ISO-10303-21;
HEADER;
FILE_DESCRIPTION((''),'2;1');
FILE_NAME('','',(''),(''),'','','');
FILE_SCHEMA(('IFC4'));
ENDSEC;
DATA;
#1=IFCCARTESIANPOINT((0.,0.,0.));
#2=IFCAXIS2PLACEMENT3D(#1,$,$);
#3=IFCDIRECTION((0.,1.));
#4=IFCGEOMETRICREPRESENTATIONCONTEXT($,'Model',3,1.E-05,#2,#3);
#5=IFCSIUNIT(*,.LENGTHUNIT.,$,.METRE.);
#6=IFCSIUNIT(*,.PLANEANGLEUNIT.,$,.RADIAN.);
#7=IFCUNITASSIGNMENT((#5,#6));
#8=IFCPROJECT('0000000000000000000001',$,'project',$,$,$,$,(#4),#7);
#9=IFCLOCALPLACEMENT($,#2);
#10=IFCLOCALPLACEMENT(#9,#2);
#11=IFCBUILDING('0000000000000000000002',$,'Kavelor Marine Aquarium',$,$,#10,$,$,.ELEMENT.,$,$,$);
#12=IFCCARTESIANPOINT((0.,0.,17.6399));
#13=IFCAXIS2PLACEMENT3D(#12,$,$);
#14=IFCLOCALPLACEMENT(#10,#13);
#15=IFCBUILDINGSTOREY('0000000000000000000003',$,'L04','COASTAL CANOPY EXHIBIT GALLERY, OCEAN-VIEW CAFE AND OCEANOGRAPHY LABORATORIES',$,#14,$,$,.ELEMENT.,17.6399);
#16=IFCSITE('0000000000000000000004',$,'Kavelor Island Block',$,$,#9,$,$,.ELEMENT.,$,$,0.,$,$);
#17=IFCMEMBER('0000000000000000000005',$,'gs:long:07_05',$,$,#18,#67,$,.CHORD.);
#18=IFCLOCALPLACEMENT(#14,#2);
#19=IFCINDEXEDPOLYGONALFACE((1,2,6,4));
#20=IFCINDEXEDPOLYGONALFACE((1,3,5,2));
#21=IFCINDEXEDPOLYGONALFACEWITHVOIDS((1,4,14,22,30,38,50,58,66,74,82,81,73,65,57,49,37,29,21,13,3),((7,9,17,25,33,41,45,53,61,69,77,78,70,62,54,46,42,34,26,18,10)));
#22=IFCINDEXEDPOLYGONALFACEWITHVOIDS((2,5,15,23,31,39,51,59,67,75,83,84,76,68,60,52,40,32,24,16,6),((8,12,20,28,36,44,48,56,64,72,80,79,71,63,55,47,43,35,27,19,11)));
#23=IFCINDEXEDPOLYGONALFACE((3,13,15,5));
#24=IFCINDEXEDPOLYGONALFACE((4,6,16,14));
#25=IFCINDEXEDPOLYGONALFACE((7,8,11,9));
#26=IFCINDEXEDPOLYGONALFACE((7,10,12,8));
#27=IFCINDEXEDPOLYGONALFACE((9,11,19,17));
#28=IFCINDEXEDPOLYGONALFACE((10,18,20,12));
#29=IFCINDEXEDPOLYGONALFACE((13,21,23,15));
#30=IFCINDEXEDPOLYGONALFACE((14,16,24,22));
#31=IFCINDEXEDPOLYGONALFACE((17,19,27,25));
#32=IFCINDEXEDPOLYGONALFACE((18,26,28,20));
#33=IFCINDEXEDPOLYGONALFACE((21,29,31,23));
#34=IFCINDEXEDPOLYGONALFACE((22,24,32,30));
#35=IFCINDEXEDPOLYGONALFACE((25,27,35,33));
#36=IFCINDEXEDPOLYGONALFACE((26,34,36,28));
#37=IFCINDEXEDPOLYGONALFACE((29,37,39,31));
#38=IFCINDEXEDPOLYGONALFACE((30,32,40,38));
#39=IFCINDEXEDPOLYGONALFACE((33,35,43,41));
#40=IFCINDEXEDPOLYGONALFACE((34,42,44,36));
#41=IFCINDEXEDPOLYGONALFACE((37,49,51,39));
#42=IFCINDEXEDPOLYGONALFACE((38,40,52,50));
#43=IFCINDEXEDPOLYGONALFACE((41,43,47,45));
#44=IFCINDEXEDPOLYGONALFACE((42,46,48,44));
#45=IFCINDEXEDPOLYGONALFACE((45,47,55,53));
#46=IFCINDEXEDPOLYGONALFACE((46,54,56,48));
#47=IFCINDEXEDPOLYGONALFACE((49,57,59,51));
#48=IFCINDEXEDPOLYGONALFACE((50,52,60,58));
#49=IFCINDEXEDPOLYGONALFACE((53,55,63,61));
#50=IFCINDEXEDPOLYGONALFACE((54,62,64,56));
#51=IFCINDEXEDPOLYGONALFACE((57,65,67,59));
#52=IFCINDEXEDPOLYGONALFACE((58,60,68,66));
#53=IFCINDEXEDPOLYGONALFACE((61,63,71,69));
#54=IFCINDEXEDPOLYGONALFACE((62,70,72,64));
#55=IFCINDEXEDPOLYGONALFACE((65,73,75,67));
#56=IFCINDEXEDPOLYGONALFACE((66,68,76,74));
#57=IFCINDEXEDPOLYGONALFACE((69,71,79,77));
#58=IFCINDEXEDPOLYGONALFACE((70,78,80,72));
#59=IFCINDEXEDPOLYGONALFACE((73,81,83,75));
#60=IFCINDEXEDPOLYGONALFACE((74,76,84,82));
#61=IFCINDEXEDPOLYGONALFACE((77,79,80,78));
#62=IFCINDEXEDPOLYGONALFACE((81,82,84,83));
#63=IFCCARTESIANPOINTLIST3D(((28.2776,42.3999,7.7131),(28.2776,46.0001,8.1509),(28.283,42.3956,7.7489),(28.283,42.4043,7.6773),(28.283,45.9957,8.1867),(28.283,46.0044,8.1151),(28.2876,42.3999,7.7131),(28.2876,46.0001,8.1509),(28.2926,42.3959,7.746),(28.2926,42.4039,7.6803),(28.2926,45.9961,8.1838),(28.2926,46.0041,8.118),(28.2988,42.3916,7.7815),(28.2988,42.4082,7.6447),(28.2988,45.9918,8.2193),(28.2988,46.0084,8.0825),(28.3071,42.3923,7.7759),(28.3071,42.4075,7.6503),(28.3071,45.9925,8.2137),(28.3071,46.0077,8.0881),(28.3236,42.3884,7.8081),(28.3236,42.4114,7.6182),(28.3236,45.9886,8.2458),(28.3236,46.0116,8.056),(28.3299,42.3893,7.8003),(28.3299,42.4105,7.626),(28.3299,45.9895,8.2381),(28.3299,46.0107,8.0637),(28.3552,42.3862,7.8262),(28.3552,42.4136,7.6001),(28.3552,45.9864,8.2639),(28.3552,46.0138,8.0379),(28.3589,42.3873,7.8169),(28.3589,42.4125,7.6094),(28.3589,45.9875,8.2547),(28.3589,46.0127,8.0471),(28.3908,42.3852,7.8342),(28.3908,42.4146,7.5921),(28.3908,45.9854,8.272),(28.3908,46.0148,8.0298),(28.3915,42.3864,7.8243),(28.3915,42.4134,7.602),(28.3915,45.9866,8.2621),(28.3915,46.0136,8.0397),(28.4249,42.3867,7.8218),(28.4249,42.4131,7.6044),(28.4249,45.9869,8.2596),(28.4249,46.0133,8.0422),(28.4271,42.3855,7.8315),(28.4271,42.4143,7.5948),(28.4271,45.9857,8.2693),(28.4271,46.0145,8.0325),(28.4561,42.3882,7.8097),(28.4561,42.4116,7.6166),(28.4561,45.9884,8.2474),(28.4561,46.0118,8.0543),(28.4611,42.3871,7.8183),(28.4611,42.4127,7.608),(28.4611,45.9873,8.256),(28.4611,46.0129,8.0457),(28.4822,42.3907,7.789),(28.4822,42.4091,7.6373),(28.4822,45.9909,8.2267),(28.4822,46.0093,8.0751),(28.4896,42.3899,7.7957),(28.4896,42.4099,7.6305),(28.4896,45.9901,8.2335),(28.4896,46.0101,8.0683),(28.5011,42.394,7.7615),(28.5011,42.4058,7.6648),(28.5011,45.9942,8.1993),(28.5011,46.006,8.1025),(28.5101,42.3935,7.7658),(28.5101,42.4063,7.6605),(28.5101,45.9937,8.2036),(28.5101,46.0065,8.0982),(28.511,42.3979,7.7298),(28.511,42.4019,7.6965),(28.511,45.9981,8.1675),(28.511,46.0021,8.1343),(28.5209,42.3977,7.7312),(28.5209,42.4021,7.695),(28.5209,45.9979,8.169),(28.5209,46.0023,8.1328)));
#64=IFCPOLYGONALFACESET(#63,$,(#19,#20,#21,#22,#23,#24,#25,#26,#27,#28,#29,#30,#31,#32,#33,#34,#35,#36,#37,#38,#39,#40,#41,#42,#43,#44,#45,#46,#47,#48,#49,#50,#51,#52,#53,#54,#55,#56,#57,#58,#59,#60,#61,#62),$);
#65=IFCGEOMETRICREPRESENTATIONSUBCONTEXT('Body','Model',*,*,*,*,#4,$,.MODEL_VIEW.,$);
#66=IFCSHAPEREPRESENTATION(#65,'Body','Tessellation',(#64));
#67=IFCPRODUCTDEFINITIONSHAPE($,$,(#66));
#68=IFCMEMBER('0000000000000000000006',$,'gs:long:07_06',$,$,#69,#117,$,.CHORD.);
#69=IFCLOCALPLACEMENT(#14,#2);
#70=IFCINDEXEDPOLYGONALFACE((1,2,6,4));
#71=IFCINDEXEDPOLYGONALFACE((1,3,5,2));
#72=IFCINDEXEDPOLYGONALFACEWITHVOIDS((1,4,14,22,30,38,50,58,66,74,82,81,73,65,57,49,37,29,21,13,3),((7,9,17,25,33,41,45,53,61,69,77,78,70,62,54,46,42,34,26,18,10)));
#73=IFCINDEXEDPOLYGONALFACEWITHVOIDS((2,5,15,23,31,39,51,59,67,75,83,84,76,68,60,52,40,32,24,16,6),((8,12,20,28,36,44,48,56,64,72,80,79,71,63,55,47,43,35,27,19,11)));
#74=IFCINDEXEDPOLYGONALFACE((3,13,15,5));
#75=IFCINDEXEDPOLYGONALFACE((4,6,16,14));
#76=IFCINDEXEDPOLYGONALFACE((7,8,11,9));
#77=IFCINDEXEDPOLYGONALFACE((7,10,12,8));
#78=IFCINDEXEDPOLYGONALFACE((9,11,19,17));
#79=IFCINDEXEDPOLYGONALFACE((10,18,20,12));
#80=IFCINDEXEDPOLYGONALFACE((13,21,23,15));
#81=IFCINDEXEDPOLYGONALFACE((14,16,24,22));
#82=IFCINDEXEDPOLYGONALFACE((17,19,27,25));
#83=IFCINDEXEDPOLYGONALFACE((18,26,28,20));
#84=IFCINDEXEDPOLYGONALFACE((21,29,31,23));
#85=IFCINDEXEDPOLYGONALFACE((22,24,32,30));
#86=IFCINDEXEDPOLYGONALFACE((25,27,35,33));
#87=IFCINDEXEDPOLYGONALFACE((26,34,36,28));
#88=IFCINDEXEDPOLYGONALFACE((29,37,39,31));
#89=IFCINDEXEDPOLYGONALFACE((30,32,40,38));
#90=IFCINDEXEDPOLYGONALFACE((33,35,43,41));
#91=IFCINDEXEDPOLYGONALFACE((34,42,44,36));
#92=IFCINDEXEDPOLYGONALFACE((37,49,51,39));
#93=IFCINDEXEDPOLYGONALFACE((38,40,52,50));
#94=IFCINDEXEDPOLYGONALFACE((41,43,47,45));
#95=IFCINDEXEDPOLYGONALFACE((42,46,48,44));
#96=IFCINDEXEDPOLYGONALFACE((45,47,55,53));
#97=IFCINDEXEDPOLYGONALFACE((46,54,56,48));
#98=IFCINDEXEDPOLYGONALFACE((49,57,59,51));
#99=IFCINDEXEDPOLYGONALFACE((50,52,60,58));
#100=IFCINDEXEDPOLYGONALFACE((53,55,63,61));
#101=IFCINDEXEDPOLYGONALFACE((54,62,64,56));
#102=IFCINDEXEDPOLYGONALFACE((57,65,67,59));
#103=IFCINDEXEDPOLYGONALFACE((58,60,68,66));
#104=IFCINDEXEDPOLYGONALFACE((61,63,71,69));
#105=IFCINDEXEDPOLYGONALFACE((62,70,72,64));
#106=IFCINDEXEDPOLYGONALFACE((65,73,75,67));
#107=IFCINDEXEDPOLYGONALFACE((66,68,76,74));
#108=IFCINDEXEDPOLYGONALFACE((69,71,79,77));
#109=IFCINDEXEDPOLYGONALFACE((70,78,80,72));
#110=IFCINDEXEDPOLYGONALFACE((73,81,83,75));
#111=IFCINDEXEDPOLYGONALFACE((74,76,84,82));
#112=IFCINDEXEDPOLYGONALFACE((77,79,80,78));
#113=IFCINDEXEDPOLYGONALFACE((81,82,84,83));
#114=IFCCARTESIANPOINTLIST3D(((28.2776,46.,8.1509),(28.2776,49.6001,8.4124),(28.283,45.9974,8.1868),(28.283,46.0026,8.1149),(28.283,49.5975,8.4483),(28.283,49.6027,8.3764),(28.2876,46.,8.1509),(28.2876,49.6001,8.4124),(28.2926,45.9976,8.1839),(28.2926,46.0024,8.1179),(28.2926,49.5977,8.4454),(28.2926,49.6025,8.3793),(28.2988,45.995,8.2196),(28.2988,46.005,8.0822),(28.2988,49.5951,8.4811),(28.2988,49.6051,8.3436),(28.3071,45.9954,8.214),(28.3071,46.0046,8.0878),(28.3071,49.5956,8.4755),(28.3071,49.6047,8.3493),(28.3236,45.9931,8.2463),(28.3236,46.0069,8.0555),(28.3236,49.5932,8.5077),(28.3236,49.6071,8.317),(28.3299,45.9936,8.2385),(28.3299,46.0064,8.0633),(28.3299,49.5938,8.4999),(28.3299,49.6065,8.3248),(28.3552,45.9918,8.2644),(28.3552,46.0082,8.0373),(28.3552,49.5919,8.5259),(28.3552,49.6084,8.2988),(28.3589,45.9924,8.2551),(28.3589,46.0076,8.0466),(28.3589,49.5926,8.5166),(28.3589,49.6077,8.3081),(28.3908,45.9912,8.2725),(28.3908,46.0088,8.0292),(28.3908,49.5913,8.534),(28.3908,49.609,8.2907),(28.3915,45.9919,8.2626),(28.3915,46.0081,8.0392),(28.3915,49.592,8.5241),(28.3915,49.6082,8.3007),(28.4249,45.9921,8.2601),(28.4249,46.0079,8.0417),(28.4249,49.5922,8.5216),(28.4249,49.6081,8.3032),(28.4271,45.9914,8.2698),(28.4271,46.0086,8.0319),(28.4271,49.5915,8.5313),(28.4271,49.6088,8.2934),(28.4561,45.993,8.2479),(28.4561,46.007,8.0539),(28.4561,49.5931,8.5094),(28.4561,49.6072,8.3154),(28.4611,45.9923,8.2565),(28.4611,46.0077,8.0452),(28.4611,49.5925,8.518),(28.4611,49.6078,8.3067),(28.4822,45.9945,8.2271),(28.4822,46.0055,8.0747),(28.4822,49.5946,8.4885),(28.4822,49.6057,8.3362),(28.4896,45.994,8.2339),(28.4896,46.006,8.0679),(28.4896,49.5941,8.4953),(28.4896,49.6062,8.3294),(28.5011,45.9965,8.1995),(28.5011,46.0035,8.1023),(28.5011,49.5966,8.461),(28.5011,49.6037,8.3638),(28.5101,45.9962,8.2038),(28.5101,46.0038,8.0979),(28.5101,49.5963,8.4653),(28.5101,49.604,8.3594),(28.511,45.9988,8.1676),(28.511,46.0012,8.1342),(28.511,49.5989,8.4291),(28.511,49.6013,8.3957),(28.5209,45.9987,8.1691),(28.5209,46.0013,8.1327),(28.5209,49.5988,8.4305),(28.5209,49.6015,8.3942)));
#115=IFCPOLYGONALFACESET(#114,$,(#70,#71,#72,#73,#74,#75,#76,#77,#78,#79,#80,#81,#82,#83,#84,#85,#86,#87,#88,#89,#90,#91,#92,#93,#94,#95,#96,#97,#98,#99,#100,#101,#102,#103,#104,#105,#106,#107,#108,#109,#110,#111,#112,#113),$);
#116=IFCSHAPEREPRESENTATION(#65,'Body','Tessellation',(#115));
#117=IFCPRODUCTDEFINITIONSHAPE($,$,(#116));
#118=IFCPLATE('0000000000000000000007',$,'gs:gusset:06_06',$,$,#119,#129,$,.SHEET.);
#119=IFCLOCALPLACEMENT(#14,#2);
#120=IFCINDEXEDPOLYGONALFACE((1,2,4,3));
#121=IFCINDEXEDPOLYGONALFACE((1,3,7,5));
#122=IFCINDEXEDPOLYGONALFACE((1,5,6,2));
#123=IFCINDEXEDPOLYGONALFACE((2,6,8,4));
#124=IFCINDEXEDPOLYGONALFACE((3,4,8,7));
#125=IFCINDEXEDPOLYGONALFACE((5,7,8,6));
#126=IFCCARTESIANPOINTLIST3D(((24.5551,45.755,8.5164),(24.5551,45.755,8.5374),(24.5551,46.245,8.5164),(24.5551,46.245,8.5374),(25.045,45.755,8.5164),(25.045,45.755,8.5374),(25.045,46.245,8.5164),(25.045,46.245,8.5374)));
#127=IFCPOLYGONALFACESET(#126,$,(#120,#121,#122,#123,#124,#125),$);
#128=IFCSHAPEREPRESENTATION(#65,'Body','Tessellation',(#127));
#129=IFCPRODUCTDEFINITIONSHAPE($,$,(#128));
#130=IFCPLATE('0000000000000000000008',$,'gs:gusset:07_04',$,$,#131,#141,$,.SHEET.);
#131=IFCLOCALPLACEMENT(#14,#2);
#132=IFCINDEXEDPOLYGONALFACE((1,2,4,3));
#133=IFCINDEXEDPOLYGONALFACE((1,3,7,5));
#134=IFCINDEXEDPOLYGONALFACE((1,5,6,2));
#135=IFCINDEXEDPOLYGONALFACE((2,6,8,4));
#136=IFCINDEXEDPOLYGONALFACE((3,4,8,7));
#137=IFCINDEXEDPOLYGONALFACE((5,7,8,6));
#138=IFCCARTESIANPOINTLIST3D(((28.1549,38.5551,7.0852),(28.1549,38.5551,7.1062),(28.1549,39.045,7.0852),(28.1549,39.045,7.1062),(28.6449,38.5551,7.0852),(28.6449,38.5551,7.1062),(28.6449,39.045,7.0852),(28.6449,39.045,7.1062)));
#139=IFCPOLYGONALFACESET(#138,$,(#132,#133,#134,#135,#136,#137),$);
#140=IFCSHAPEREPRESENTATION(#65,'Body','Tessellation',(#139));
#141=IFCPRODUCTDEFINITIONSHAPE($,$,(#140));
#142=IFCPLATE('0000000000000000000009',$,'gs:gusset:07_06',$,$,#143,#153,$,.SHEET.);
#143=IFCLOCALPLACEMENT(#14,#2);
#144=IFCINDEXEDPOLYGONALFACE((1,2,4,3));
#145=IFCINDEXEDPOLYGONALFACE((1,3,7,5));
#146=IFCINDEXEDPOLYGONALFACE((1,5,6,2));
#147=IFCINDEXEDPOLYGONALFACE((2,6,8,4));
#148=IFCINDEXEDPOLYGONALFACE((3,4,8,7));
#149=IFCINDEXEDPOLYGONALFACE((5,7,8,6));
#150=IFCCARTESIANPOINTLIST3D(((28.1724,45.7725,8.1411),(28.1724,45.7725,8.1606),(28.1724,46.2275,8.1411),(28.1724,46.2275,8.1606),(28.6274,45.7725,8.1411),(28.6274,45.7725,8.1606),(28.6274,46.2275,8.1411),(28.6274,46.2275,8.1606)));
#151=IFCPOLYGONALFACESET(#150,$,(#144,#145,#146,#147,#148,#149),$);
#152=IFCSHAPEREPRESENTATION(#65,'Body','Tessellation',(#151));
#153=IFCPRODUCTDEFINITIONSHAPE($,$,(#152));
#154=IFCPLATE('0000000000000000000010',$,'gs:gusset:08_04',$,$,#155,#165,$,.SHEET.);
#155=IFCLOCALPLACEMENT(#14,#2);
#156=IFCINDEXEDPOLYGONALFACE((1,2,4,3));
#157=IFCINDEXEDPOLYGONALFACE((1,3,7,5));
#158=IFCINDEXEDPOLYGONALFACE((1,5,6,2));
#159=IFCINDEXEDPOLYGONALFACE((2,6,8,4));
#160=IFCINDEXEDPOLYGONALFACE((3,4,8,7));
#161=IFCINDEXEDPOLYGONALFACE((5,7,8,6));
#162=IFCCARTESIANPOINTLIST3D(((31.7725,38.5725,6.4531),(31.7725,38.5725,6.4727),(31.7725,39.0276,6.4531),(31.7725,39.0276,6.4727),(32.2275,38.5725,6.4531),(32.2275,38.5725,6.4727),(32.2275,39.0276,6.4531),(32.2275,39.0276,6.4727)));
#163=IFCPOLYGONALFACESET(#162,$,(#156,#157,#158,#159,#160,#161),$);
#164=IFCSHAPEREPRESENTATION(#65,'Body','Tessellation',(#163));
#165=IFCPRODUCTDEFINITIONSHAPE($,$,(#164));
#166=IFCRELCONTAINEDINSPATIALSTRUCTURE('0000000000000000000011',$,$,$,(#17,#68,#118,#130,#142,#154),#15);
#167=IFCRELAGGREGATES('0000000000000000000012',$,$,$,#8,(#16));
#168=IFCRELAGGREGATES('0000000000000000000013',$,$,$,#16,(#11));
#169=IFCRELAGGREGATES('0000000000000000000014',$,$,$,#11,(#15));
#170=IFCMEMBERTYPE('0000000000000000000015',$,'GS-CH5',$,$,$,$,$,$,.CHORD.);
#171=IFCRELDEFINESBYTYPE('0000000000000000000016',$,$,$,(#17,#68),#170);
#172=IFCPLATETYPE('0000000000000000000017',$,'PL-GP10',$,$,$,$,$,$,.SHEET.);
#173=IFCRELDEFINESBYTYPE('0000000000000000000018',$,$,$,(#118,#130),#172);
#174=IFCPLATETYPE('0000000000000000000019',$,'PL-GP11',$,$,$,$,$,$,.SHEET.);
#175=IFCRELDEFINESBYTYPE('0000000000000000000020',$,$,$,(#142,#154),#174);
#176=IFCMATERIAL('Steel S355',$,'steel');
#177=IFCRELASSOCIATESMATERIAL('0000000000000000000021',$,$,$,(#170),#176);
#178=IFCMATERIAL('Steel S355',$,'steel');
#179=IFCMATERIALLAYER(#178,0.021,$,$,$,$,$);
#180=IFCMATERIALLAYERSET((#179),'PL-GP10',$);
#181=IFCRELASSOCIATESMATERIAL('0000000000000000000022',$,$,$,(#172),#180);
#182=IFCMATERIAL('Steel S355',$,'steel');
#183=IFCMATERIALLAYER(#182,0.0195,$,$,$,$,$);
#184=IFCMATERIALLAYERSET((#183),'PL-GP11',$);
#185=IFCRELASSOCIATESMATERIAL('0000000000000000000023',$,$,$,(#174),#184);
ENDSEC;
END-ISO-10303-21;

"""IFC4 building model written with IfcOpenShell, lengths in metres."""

from ifc_helpers import new_model, si_unit, direction, frame, origin, origin_2d, place, context, subcontext, project, spatial, rectangle, hollow_circle, extrude, material, layer, layer_set, material_profile, profile_set, type_object, element, save


model = new_model("IFC4")

# Units and contexts
model_context = context("Model", 3, precision=1e-05, world=origin(), true_north=direction((0.0, 1.0)))
body_context = subcontext(model_context, "Body", "Model", "MODEL_VIEW")
ifc_project = project(units=[si_unit("LENGTHUNIT", "METRE"), si_unit("PLANEANGLEUNIT", "RADIAN")], contexts=[model_context])

# Site, building, storey
site_placement = place(None, origin())
site = spatial("IfcSite", under=ifc_project, at=site_placement, Name="Kavelor Island Block", CompositionType="ELEMENT", RefElevation=0.0)
building_placement = place(site_placement, origin())
building = spatial("IfcBuilding", under=site, at=building_placement, Name="Kavelor Marine Aquarium", CompositionType="ELEMENT")
storey_placement = place(building_placement, frame((0.0, 0.0, 17.6399)))
storey = spatial("IfcBuildingStorey", under=building, at=storey_placement, Name="L04", Description="COASTAL CANOPY EXHIBIT GALLERY, OCEAN-VIEW CAFE AND OCEANOGRAPHY LABORATORIES", CompositionType="ELEMENT", Elevation=17.6399)

# Members
ifc_material_1 = material(Name="Steel S355", Category="steel")
ifc_material_profile_1 = material_profile(ifc_material_1, hollow_circle(Radius=0.1223, WallThickness=0.01, at=origin_2d()), Name="CHS 244.5x10.0")
ifc_profile_set_1 = profile_set([ifc_material_profile_1], Name="Steel S355")
member_type_1 = type_object("IfcMemberType", Name="GS-CH5", PredefinedType="CHORD", material=ifc_profile_set_1)
member_1_placement = place(storey_placement, frame((28.3999, 42.3999, 7.7131), z_axis=(0.0, 0.992689, 0.120703), x_axis=(-1.0, 0.0, 0.0)))
element("IfcMember", 1, at=member_1_placement, inside=storey, type_object=member_type_1, Name="gs:long:07_05", PredefinedType="CHORD", context=body_context, shape_type="SweptSolid", body=[
    extrude(hollow_circle(Radius=0.1223, WallThickness=0.01, at=origin_2d()), origin(), (0.0, 0.0, 1.0), 3.6267),
])
member_2_placement = place(storey_placement, frame((28.3999, 46.0, 8.1509), z_axis=(0.0, 0.997373, 0.072439), x_axis=(-1.0, 0.0, 0.0)))
element("IfcMember", 2, at=member_2_placement, inside=storey, type_object=member_type_1, Name="gs:long:07_06", PredefinedType="CHORD", context=body_context, shape_type="SweptSolid", body=[
    extrude(hollow_circle(Radius=0.1223, WallThickness=0.01, at=origin_2d()), origin(), (0.0, 0.0, 1.0), 3.6096),
])

# Plates
ifc_material_2 = material(Name="Steel S355", Category="steel")
ifc_layer_1 = layer(ifc_material_2, 0.021)
ifc_layer_set_1 = layer_set([ifc_layer_1], Name="PL-GP10")
plate_type_1 = type_object("IfcPlateType", Name="PL-GP10", PredefinedType="SHEET", material=ifc_layer_set_1)
for number, where, z_axis, x_axis, name in (
    (3, (24.8, 46.0, 8.5164), (0.0, 0.0, 1.0), (1.0, 0.0, 0.0), "gs:gusset:06_06"),
    (4, (28.3999, 38.8, 7.0852), (0.0, 0.0, 1.0), (1.0, 0.0, 0.0), "gs:gusset:07_04"),
):
    element("IfcPlate", number, at=place(storey_placement, frame(where, z_axis=z_axis, x_axis=x_axis)), inside=storey, type_object=plate_type_1, Name=name, PredefinedType="SHEET", context=body_context, shape_type="SweptSolid", body=[
        extrude(rectangle(XDim=0.49, YDim=0.49, at=origin_2d()), origin(), (0.0, 0.0, 1.0), 0.021),
    ])
ifc_material_3 = material(Name="Steel S355", Category="steel")
ifc_layer_2 = layer(ifc_material_3, 0.0195)
ifc_layer_set_2 = layer_set([ifc_layer_2], Name="PL-GP11")
plate_type_2 = type_object("IfcPlateType", Name="PL-GP11", PredefinedType="SHEET", material=ifc_layer_set_2)
for number, where, z_axis, x_axis, name in (
    (5, (28.3999, 46.0, 8.1411), (0.0, 0.0, 1.0), (1.0, 0.0, 0.0), "gs:gusset:07_06"),
    (6, (32.0, 38.8, 6.4531), (0.0, 0.0, 1.0), (1.0, 0.0, 0.0), "gs:gusset:08_04"),
):
    element("IfcPlate", number, at=place(storey_placement, frame(where, z_axis=z_axis, x_axis=x_axis)), inside=storey, type_object=plate_type_2, Name=name, PredefinedType="SHEET", context=body_context, shape_type="SweptSolid", body=[
        extrude(rectangle(XDim=0.4551, YDim=0.4551, at=origin_2d()), origin(), (0.0, 0.0, 1.0), 0.0195),
    ])

save(model, "model.ifc")
